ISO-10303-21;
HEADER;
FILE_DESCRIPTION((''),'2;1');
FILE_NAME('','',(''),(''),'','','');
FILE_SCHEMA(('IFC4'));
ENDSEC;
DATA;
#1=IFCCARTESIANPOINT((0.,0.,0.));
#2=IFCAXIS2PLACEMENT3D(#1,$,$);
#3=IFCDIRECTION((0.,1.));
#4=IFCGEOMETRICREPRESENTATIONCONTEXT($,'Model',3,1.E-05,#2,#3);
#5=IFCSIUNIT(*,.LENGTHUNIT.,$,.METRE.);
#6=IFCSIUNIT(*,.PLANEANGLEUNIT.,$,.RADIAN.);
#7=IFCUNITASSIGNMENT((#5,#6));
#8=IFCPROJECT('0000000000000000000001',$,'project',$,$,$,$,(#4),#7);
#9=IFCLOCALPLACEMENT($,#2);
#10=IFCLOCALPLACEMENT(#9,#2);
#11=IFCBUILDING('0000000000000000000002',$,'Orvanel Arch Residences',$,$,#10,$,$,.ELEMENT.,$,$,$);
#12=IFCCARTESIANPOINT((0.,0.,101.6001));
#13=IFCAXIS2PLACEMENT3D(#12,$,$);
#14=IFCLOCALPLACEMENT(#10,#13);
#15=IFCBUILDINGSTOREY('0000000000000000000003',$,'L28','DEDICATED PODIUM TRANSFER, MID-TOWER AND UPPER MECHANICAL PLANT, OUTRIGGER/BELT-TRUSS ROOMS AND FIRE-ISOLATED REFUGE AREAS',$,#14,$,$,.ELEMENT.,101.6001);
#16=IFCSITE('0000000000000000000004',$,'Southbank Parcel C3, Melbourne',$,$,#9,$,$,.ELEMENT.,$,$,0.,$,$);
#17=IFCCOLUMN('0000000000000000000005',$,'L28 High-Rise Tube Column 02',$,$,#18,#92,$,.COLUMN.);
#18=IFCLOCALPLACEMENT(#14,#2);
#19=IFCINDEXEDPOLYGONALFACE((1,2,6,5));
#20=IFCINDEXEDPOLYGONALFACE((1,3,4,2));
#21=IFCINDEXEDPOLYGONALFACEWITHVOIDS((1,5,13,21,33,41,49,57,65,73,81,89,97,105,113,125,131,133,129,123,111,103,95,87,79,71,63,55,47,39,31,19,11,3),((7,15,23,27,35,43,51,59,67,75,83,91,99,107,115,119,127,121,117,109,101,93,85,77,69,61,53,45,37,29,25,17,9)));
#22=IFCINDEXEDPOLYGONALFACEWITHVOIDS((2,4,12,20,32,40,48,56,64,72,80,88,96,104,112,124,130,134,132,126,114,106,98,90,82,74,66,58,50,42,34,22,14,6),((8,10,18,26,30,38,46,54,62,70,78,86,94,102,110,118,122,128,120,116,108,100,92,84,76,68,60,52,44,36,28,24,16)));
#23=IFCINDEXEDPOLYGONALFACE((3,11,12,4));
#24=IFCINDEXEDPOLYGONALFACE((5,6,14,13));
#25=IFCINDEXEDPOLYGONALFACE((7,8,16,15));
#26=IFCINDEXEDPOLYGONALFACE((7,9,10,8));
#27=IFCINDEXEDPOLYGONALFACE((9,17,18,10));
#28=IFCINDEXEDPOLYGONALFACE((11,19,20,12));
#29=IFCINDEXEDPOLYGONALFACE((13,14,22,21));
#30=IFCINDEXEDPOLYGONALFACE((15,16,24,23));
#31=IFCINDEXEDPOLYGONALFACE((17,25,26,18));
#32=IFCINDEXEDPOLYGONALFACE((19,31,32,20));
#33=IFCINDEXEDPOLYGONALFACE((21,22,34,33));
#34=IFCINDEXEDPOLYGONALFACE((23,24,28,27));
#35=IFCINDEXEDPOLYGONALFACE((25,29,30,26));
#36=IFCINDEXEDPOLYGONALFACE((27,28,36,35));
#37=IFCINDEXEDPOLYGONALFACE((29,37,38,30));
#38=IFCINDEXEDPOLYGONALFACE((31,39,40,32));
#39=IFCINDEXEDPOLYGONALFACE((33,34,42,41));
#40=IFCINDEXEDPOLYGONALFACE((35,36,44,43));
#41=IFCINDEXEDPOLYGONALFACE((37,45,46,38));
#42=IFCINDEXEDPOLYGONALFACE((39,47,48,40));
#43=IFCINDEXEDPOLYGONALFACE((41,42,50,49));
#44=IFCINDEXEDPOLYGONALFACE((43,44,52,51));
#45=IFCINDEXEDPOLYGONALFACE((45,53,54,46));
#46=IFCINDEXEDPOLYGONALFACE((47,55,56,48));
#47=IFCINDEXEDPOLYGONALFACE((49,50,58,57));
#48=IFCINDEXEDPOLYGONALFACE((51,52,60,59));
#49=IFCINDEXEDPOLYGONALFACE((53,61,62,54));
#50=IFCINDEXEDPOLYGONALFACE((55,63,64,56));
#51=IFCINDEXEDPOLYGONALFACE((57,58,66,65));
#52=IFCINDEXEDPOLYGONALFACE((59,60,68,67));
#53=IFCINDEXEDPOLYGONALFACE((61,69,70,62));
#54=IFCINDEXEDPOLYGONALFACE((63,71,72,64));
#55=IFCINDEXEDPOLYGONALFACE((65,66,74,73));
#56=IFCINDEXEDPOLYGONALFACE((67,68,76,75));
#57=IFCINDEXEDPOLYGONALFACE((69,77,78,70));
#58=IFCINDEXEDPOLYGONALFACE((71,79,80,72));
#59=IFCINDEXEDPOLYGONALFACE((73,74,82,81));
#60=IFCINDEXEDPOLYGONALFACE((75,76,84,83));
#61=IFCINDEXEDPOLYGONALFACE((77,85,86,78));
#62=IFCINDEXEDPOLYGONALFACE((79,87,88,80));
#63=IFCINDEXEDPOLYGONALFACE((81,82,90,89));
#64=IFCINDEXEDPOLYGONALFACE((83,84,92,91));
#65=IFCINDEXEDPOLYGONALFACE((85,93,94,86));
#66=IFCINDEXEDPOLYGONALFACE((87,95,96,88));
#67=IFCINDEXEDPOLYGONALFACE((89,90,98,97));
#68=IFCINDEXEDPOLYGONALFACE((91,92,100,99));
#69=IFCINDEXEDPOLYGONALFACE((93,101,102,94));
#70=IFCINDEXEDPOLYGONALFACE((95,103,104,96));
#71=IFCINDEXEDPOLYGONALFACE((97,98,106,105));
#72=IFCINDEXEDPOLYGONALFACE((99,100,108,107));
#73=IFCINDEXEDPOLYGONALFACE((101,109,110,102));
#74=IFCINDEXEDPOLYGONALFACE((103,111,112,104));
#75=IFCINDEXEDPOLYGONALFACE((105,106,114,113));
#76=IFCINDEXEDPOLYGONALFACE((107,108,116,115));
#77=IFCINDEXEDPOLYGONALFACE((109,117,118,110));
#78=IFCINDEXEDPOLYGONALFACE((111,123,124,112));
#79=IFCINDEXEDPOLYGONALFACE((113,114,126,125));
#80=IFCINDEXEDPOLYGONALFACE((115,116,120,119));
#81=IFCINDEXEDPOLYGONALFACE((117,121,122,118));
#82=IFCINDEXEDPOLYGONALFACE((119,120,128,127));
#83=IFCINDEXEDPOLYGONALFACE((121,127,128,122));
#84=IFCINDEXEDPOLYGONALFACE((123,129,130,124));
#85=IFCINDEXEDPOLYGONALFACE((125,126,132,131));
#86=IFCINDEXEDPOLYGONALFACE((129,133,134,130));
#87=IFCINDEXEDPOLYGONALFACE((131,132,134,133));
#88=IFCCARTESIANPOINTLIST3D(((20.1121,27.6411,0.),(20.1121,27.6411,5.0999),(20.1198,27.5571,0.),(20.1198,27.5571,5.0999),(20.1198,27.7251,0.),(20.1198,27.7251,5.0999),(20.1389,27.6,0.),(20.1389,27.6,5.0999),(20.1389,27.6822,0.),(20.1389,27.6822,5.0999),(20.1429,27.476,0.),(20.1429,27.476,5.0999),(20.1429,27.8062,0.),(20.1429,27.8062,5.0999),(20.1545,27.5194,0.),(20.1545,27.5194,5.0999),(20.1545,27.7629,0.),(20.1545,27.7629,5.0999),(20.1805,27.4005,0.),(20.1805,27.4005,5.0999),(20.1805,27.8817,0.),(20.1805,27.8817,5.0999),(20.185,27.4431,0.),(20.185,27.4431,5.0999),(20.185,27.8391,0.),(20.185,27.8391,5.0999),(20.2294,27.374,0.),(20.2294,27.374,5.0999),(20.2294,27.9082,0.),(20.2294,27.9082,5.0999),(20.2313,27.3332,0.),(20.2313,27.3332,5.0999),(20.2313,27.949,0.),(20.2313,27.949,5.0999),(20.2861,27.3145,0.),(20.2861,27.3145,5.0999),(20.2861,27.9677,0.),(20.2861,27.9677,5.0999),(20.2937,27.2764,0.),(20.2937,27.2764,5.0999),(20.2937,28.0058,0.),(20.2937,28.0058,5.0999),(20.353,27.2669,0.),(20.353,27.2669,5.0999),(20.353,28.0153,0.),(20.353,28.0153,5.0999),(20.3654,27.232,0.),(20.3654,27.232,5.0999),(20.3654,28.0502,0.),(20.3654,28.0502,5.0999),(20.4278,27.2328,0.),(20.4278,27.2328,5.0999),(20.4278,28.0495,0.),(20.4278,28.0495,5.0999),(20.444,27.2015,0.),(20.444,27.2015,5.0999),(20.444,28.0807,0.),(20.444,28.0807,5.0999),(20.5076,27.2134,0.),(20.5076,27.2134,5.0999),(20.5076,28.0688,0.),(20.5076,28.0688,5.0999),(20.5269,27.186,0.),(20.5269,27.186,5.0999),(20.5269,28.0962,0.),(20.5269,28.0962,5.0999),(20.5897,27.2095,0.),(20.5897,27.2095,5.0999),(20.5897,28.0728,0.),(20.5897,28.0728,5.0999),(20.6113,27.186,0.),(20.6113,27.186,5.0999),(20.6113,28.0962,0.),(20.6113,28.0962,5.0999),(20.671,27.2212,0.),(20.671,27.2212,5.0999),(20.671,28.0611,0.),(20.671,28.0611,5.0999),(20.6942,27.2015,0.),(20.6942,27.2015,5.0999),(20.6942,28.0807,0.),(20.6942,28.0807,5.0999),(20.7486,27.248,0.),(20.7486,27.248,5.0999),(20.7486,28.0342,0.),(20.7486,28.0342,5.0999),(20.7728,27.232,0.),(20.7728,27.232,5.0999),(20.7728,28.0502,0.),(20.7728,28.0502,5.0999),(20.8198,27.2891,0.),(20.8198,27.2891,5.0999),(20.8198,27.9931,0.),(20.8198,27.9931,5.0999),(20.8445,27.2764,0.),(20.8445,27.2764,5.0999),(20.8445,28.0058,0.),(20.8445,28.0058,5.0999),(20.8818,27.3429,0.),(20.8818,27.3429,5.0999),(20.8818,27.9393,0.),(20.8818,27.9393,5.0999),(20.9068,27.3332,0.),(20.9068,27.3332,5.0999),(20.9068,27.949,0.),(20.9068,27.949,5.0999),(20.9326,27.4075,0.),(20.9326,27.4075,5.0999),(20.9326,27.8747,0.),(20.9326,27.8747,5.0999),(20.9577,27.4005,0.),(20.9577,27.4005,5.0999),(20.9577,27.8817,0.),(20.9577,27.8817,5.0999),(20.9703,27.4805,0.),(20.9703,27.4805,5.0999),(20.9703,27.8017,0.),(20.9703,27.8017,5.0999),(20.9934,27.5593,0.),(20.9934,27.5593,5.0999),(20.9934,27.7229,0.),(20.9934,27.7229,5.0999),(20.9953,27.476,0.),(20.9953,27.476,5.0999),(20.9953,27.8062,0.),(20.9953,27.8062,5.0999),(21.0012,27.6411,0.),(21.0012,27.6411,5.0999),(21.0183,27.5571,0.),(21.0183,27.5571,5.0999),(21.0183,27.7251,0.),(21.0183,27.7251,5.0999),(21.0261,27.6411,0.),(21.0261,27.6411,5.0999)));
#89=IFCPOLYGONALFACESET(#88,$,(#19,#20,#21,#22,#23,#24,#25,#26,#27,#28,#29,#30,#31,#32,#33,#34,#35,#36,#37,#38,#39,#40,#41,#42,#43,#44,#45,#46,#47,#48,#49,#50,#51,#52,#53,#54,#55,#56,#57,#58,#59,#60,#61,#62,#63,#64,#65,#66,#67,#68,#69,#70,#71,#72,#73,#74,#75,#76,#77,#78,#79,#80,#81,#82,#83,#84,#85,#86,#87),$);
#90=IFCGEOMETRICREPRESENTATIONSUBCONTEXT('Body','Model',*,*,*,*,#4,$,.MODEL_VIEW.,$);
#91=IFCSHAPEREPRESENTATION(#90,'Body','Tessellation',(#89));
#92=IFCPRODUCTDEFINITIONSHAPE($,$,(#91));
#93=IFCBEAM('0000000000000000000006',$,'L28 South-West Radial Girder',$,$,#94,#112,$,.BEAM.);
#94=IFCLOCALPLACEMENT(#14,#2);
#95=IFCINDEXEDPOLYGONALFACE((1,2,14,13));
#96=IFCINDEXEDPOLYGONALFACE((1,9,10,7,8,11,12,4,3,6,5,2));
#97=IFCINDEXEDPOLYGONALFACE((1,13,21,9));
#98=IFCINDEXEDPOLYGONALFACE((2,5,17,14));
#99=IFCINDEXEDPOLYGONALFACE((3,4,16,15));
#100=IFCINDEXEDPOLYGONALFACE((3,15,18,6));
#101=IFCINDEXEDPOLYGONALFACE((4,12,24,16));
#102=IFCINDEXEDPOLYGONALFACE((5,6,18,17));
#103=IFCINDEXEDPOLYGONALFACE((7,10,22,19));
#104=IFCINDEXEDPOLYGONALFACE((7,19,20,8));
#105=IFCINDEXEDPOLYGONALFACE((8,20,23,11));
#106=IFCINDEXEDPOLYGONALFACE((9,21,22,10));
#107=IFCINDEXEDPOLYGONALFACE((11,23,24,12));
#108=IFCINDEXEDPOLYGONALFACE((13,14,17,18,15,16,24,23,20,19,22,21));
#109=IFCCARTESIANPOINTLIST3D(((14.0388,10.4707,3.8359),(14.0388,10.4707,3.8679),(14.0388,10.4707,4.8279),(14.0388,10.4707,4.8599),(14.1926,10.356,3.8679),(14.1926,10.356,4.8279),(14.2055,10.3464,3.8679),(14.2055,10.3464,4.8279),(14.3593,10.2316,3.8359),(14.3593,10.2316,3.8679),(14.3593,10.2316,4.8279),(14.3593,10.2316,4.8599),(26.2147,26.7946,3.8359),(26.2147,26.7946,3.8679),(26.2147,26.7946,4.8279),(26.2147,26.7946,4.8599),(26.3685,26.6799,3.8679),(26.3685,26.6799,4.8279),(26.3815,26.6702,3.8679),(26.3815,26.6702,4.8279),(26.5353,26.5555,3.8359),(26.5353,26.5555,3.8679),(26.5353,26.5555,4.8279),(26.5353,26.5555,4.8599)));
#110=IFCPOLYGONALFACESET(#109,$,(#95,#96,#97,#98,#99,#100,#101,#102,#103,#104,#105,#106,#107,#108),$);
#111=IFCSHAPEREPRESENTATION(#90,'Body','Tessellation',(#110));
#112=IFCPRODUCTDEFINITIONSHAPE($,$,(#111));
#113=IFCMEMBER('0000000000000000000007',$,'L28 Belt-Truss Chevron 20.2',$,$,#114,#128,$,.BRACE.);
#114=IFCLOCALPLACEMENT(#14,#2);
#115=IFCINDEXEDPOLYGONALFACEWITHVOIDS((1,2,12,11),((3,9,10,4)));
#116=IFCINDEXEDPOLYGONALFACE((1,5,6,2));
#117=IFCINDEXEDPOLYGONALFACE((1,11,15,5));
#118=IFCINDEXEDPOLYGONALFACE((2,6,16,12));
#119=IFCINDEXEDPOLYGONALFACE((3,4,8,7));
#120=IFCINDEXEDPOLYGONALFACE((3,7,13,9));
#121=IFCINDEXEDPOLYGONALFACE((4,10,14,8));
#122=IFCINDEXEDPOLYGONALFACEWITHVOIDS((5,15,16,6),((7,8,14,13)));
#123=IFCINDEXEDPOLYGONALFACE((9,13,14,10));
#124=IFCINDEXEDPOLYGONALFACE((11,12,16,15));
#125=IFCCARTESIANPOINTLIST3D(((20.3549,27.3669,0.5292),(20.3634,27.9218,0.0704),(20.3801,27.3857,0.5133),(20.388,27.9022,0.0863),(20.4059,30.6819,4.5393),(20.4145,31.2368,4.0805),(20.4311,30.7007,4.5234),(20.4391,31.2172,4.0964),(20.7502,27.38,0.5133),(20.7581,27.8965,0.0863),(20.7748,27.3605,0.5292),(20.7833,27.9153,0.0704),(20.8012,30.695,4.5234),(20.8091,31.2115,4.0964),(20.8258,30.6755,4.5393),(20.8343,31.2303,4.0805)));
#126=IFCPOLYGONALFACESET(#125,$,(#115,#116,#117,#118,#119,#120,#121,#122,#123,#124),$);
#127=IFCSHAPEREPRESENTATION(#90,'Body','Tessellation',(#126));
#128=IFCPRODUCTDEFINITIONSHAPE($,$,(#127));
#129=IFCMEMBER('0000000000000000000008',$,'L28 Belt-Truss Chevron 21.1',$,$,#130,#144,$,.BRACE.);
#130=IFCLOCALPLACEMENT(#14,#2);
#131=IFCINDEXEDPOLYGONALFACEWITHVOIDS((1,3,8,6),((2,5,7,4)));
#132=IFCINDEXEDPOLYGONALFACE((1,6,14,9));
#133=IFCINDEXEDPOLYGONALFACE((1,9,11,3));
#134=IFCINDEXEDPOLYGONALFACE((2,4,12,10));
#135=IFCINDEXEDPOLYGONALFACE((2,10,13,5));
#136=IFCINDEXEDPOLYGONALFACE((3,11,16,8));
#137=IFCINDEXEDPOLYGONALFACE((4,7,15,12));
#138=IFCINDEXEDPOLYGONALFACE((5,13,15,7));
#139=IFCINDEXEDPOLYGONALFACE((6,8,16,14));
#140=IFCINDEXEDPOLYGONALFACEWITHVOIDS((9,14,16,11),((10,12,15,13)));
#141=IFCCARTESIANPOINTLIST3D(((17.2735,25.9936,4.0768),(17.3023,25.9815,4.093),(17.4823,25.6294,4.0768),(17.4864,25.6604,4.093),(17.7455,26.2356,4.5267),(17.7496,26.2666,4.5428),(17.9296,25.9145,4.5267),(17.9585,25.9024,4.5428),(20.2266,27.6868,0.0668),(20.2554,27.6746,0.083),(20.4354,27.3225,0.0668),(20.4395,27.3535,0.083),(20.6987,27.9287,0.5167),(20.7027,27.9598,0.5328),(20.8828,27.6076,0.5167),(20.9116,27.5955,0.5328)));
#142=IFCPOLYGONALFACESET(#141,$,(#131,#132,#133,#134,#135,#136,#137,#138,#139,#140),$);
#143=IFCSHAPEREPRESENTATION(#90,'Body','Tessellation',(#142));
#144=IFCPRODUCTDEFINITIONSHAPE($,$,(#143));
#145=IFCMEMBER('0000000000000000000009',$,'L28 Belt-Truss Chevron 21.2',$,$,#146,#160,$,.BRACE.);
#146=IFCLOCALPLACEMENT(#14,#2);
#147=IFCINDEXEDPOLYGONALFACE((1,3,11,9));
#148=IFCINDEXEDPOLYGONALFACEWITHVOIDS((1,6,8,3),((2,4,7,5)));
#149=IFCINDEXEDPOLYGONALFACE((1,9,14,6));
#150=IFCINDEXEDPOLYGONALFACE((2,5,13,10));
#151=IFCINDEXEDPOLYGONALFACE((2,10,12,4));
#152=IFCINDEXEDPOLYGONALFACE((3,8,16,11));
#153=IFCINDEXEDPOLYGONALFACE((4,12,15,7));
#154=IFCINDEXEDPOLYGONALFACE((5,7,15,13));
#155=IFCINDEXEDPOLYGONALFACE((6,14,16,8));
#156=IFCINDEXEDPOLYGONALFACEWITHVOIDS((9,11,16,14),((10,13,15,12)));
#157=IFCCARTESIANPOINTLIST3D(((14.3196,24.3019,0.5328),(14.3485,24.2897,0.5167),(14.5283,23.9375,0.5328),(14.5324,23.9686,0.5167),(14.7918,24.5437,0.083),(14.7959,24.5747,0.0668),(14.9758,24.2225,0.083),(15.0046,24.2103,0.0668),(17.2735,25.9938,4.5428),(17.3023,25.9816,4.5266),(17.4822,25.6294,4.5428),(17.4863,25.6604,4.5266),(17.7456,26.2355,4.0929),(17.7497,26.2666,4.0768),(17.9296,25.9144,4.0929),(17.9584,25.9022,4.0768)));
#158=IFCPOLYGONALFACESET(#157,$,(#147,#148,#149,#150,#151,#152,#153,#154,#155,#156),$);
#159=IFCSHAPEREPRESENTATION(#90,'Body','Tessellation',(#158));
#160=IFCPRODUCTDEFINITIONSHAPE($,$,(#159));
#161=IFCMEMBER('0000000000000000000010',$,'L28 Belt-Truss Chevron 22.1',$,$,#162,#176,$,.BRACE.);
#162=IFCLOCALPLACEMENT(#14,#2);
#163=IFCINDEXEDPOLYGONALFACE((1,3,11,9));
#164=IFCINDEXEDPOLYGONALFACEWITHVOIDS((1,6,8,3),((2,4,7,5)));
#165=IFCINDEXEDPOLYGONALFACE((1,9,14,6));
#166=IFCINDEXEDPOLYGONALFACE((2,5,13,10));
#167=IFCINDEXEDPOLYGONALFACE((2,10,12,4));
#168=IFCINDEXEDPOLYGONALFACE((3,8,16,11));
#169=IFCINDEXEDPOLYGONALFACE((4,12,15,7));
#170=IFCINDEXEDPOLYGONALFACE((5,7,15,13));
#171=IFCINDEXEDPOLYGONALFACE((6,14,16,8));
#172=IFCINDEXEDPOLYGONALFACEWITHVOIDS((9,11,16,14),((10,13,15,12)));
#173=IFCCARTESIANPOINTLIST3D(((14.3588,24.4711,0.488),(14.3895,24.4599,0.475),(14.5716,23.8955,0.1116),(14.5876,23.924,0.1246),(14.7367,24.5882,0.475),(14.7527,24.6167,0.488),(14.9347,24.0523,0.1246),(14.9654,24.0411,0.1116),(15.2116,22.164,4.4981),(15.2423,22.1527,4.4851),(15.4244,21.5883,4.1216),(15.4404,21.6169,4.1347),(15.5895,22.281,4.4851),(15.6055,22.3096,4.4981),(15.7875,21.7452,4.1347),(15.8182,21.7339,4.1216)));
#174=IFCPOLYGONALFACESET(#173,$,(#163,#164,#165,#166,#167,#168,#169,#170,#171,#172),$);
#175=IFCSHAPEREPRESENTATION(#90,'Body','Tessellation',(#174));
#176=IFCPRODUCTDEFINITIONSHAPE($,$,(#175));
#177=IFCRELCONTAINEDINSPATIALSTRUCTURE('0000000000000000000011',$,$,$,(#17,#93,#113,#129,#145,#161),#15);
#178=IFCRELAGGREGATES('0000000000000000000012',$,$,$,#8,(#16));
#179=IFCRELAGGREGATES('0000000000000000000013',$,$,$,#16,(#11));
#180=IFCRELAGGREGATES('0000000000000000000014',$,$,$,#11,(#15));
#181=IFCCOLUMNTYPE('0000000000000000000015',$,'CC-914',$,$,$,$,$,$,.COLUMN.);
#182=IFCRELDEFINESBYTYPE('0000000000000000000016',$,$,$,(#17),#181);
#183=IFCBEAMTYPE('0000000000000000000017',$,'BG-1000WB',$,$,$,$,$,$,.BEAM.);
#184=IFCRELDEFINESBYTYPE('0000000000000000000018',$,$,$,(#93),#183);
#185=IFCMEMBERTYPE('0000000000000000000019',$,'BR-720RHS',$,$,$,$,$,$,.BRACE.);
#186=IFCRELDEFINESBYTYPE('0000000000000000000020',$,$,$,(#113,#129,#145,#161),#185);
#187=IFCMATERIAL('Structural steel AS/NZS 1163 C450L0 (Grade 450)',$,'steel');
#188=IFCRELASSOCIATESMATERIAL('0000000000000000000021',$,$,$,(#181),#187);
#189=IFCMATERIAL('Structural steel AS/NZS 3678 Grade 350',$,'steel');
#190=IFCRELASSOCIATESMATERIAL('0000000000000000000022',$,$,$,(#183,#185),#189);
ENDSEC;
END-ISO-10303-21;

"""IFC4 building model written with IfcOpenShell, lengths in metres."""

from ifc_helpers import new_model, si_unit, direction, frame, origin, origin_2d, place, context, subcontext, project, spatial, hollow_rectangle, hollow_circle, i_section, extrude, material, material_profile, profile_set, type_object, element, save


model = new_model("IFC4")

# Units and contexts
model_context = context("Model", 3, precision=1e-05, world=origin(), true_north=direction((0.0, 1.0)))
body_context = subcontext(model_context, "Body", "Model", "MODEL_VIEW")
ifc_project = project(units=[si_unit("LENGTHUNIT", "METRE"), si_unit("PLANEANGLEUNIT", "RADIAN")], contexts=[model_context])

# Site, building, storey
site_placement = place(None, origin())
site = spatial("IfcSite", under=ifc_project, at=site_placement, Name="Southbank Parcel C3, Melbourne", CompositionType="ELEMENT", RefElevation=0.0)
building_placement = place(site_placement, origin())
building = spatial("IfcBuilding", under=site, at=building_placement, Name="Orvanel Arch Residences", CompositionType="ELEMENT")
storey_placement = place(building_placement, frame((0.0, 0.0, 101.6001)))
storey = spatial("IfcBuildingStorey", under=building, at=storey_placement, Name="L28", Description="DEDICATED PODIUM TRANSFER, MID-TOWER AND UPPER MECHANICAL PLANT, OUTRIGGER/BELT-TRUSS ROOMS AND FIRE-ISOLATED REFUGE AREAS", CompositionType="ELEMENT", Elevation=101.6001)

# Column
ifc_material_1 = material(Name="Structural steel AS/NZS 1163 C450L0 (Grade 450)", Category="steel")
ifc_material_profile_1 = material_profile(ifc_material_1, hollow_circle(Radius=0.457, WallThickness=0.0249, at=origin_2d()), Name="CHS914x25")
ifc_profile_set_1 = profile_set([ifc_material_profile_1], Name="Structural steel AS/NZS 1163 C450L0 (Grade 450)")
column_type = type_object("IfcColumnType", Name="CC-914", PredefinedType="COLUMN", material=ifc_profile_set_1)
column_placement = place(storey_placement, frame((20.5691, 27.6411, 0.0), z_axis=(0.0, 0.0, 1.0), x_axis=(1.0, 0.0, 0.0)))
element("IfcColumn", 1, at=column_placement, inside=storey, type_object=column_type, Name="L28 High-Rise Tube Column 02", PredefinedType="COLUMN", context=body_context, shape_type="SweptSolid", body=[
    extrude(hollow_circle(Radius=0.457, WallThickness=0.0249, at=origin_2d()), origin(), (0.0, 0.0, 1.0), 5.0999),
])

# Beam
ifc_material_2 = material(Name="Structural steel AS/NZS 3678 Grade 350", Category="steel")
ifc_material_profile_2 = material_profile(ifc_material_2, i_section(OverallWidth=0.3999, OverallDepth=1.0239, WebThickness=0.0161, FlangeThickness=0.032, at=origin_2d()), Name="1000WB322")
ifc_profile_set_2 = profile_set([ifc_material_profile_2], Name="Structural steel AS/NZS 3678 Grade 350")
beam_type_1 = type_object("IfcBeamType", Name="BG-1000WB", PredefinedType="BEAM", material=ifc_profile_set_2)
beam_1_placement = place(storey_placement, frame((26.375, 26.675, 4.3479), z_axis=(-0.597894, -0.801575, 0.0), x_axis=(0.801575, -0.597894, 0.0)))
element("IfcBeam", 2, at=beam_1_placement, inside=storey, type_object=beam_type_1, Name="L28 South-West Radial Girder", PredefinedType="BEAM", context=body_context, shape_type="SweptSolid", body=[
    extrude(i_section(OverallWidth=0.3999, OverallDepth=1.0239, WebThickness=0.0161, FlangeThickness=0.032, at=origin_2d()), origin(), (0.0, 0.0, 1.0), 20.3647),
])

# Members
ifc_material_profile_3 = material_profile(ifc_material_2, hollow_rectangle(XDim=0.4199, YDim=0.72, WallThickness=0.0249, at=origin_2d()), Name="RHS720x420x25")
ifc_profile_set_3 = profile_set([ifc_material_profile_3], Name="Structural steel AS/NZS 3678 Grade 350")
member_type_1 = type_object("IfcMemberType", Name="BR-720RHS", PredefinedType="BRACE", material=ifc_profile_set_3)
member_1_placement = place(storey_placement, frame((20.5691, 27.6411, 0.2998), z_axis=(0.009807, 0.637116, 0.770705), x_axis=(-0.999882, 0.015391, 0.0)))
element("IfcMember", 3, at=member_1_placement, inside=storey, type_object=member_type_1, Name="L28 Belt-Truss Chevron 20.2", PredefinedType="BRACE", context=body_context, shape_type="SweptSolid", body=[
    extrude(hollow_rectangle(XDim=0.4199, YDim=0.72, WallThickness=0.0249, at=origin_2d()), origin(), (0.0, 0.0, 1.0), 5.2031),
])
for number, where, z_axis, x_axis, name in (
    (4, (20.5691, 27.6411, 0.2998), (-0.561429, -0.321884, 0.762357), (0.497382, -0.867532, 0.0), "L28 Belt-Truss Chevron 21.1"),
    (5, (14.6621, 24.2561, 0.2998), (0.561566, 0.321651, 0.762354), (-0.497019, 0.86774, 0.0), "L28 Belt-Truss Chevron 21.2"),
):
    element("IfcMember", number, at=place(storey_placement, frame(where, z_axis=z_axis, x_axis=x_axis)), inside=storey, type_object=member_type_1, Name=name, PredefinedType="BRACE", context=body_context, shape_type="SweptSolid", body=[
        extrude(hollow_rectangle(XDim=0.4199, YDim=0.72, WallThickness=0.0249, at=origin_2d()), origin(), (0.0, 0.0, 1.0), 5.26),
    ])
member_2_placement = place(storey_placement, frame((14.6621, 24.2561, 0.2998), z_axis=(0.181278, -0.490432, 0.852417), x_axis=(0.937975, 0.346703, 0.0)))
element("IfcMember", 6, at=member_2_placement, inside=storey, type_object=member_type_1, Name="L28 Belt-Truss Chevron 22.1", PredefinedType="BRACE", context=body_context, shape_type="SweptSolid", body=[
    extrude(hollow_rectangle(XDim=0.4199, YDim=0.72, WallThickness=0.0249, at=origin_2d()), origin(), (0.0, 0.0, 1.0), 4.7043),
])

save(model, "model.ifc")
